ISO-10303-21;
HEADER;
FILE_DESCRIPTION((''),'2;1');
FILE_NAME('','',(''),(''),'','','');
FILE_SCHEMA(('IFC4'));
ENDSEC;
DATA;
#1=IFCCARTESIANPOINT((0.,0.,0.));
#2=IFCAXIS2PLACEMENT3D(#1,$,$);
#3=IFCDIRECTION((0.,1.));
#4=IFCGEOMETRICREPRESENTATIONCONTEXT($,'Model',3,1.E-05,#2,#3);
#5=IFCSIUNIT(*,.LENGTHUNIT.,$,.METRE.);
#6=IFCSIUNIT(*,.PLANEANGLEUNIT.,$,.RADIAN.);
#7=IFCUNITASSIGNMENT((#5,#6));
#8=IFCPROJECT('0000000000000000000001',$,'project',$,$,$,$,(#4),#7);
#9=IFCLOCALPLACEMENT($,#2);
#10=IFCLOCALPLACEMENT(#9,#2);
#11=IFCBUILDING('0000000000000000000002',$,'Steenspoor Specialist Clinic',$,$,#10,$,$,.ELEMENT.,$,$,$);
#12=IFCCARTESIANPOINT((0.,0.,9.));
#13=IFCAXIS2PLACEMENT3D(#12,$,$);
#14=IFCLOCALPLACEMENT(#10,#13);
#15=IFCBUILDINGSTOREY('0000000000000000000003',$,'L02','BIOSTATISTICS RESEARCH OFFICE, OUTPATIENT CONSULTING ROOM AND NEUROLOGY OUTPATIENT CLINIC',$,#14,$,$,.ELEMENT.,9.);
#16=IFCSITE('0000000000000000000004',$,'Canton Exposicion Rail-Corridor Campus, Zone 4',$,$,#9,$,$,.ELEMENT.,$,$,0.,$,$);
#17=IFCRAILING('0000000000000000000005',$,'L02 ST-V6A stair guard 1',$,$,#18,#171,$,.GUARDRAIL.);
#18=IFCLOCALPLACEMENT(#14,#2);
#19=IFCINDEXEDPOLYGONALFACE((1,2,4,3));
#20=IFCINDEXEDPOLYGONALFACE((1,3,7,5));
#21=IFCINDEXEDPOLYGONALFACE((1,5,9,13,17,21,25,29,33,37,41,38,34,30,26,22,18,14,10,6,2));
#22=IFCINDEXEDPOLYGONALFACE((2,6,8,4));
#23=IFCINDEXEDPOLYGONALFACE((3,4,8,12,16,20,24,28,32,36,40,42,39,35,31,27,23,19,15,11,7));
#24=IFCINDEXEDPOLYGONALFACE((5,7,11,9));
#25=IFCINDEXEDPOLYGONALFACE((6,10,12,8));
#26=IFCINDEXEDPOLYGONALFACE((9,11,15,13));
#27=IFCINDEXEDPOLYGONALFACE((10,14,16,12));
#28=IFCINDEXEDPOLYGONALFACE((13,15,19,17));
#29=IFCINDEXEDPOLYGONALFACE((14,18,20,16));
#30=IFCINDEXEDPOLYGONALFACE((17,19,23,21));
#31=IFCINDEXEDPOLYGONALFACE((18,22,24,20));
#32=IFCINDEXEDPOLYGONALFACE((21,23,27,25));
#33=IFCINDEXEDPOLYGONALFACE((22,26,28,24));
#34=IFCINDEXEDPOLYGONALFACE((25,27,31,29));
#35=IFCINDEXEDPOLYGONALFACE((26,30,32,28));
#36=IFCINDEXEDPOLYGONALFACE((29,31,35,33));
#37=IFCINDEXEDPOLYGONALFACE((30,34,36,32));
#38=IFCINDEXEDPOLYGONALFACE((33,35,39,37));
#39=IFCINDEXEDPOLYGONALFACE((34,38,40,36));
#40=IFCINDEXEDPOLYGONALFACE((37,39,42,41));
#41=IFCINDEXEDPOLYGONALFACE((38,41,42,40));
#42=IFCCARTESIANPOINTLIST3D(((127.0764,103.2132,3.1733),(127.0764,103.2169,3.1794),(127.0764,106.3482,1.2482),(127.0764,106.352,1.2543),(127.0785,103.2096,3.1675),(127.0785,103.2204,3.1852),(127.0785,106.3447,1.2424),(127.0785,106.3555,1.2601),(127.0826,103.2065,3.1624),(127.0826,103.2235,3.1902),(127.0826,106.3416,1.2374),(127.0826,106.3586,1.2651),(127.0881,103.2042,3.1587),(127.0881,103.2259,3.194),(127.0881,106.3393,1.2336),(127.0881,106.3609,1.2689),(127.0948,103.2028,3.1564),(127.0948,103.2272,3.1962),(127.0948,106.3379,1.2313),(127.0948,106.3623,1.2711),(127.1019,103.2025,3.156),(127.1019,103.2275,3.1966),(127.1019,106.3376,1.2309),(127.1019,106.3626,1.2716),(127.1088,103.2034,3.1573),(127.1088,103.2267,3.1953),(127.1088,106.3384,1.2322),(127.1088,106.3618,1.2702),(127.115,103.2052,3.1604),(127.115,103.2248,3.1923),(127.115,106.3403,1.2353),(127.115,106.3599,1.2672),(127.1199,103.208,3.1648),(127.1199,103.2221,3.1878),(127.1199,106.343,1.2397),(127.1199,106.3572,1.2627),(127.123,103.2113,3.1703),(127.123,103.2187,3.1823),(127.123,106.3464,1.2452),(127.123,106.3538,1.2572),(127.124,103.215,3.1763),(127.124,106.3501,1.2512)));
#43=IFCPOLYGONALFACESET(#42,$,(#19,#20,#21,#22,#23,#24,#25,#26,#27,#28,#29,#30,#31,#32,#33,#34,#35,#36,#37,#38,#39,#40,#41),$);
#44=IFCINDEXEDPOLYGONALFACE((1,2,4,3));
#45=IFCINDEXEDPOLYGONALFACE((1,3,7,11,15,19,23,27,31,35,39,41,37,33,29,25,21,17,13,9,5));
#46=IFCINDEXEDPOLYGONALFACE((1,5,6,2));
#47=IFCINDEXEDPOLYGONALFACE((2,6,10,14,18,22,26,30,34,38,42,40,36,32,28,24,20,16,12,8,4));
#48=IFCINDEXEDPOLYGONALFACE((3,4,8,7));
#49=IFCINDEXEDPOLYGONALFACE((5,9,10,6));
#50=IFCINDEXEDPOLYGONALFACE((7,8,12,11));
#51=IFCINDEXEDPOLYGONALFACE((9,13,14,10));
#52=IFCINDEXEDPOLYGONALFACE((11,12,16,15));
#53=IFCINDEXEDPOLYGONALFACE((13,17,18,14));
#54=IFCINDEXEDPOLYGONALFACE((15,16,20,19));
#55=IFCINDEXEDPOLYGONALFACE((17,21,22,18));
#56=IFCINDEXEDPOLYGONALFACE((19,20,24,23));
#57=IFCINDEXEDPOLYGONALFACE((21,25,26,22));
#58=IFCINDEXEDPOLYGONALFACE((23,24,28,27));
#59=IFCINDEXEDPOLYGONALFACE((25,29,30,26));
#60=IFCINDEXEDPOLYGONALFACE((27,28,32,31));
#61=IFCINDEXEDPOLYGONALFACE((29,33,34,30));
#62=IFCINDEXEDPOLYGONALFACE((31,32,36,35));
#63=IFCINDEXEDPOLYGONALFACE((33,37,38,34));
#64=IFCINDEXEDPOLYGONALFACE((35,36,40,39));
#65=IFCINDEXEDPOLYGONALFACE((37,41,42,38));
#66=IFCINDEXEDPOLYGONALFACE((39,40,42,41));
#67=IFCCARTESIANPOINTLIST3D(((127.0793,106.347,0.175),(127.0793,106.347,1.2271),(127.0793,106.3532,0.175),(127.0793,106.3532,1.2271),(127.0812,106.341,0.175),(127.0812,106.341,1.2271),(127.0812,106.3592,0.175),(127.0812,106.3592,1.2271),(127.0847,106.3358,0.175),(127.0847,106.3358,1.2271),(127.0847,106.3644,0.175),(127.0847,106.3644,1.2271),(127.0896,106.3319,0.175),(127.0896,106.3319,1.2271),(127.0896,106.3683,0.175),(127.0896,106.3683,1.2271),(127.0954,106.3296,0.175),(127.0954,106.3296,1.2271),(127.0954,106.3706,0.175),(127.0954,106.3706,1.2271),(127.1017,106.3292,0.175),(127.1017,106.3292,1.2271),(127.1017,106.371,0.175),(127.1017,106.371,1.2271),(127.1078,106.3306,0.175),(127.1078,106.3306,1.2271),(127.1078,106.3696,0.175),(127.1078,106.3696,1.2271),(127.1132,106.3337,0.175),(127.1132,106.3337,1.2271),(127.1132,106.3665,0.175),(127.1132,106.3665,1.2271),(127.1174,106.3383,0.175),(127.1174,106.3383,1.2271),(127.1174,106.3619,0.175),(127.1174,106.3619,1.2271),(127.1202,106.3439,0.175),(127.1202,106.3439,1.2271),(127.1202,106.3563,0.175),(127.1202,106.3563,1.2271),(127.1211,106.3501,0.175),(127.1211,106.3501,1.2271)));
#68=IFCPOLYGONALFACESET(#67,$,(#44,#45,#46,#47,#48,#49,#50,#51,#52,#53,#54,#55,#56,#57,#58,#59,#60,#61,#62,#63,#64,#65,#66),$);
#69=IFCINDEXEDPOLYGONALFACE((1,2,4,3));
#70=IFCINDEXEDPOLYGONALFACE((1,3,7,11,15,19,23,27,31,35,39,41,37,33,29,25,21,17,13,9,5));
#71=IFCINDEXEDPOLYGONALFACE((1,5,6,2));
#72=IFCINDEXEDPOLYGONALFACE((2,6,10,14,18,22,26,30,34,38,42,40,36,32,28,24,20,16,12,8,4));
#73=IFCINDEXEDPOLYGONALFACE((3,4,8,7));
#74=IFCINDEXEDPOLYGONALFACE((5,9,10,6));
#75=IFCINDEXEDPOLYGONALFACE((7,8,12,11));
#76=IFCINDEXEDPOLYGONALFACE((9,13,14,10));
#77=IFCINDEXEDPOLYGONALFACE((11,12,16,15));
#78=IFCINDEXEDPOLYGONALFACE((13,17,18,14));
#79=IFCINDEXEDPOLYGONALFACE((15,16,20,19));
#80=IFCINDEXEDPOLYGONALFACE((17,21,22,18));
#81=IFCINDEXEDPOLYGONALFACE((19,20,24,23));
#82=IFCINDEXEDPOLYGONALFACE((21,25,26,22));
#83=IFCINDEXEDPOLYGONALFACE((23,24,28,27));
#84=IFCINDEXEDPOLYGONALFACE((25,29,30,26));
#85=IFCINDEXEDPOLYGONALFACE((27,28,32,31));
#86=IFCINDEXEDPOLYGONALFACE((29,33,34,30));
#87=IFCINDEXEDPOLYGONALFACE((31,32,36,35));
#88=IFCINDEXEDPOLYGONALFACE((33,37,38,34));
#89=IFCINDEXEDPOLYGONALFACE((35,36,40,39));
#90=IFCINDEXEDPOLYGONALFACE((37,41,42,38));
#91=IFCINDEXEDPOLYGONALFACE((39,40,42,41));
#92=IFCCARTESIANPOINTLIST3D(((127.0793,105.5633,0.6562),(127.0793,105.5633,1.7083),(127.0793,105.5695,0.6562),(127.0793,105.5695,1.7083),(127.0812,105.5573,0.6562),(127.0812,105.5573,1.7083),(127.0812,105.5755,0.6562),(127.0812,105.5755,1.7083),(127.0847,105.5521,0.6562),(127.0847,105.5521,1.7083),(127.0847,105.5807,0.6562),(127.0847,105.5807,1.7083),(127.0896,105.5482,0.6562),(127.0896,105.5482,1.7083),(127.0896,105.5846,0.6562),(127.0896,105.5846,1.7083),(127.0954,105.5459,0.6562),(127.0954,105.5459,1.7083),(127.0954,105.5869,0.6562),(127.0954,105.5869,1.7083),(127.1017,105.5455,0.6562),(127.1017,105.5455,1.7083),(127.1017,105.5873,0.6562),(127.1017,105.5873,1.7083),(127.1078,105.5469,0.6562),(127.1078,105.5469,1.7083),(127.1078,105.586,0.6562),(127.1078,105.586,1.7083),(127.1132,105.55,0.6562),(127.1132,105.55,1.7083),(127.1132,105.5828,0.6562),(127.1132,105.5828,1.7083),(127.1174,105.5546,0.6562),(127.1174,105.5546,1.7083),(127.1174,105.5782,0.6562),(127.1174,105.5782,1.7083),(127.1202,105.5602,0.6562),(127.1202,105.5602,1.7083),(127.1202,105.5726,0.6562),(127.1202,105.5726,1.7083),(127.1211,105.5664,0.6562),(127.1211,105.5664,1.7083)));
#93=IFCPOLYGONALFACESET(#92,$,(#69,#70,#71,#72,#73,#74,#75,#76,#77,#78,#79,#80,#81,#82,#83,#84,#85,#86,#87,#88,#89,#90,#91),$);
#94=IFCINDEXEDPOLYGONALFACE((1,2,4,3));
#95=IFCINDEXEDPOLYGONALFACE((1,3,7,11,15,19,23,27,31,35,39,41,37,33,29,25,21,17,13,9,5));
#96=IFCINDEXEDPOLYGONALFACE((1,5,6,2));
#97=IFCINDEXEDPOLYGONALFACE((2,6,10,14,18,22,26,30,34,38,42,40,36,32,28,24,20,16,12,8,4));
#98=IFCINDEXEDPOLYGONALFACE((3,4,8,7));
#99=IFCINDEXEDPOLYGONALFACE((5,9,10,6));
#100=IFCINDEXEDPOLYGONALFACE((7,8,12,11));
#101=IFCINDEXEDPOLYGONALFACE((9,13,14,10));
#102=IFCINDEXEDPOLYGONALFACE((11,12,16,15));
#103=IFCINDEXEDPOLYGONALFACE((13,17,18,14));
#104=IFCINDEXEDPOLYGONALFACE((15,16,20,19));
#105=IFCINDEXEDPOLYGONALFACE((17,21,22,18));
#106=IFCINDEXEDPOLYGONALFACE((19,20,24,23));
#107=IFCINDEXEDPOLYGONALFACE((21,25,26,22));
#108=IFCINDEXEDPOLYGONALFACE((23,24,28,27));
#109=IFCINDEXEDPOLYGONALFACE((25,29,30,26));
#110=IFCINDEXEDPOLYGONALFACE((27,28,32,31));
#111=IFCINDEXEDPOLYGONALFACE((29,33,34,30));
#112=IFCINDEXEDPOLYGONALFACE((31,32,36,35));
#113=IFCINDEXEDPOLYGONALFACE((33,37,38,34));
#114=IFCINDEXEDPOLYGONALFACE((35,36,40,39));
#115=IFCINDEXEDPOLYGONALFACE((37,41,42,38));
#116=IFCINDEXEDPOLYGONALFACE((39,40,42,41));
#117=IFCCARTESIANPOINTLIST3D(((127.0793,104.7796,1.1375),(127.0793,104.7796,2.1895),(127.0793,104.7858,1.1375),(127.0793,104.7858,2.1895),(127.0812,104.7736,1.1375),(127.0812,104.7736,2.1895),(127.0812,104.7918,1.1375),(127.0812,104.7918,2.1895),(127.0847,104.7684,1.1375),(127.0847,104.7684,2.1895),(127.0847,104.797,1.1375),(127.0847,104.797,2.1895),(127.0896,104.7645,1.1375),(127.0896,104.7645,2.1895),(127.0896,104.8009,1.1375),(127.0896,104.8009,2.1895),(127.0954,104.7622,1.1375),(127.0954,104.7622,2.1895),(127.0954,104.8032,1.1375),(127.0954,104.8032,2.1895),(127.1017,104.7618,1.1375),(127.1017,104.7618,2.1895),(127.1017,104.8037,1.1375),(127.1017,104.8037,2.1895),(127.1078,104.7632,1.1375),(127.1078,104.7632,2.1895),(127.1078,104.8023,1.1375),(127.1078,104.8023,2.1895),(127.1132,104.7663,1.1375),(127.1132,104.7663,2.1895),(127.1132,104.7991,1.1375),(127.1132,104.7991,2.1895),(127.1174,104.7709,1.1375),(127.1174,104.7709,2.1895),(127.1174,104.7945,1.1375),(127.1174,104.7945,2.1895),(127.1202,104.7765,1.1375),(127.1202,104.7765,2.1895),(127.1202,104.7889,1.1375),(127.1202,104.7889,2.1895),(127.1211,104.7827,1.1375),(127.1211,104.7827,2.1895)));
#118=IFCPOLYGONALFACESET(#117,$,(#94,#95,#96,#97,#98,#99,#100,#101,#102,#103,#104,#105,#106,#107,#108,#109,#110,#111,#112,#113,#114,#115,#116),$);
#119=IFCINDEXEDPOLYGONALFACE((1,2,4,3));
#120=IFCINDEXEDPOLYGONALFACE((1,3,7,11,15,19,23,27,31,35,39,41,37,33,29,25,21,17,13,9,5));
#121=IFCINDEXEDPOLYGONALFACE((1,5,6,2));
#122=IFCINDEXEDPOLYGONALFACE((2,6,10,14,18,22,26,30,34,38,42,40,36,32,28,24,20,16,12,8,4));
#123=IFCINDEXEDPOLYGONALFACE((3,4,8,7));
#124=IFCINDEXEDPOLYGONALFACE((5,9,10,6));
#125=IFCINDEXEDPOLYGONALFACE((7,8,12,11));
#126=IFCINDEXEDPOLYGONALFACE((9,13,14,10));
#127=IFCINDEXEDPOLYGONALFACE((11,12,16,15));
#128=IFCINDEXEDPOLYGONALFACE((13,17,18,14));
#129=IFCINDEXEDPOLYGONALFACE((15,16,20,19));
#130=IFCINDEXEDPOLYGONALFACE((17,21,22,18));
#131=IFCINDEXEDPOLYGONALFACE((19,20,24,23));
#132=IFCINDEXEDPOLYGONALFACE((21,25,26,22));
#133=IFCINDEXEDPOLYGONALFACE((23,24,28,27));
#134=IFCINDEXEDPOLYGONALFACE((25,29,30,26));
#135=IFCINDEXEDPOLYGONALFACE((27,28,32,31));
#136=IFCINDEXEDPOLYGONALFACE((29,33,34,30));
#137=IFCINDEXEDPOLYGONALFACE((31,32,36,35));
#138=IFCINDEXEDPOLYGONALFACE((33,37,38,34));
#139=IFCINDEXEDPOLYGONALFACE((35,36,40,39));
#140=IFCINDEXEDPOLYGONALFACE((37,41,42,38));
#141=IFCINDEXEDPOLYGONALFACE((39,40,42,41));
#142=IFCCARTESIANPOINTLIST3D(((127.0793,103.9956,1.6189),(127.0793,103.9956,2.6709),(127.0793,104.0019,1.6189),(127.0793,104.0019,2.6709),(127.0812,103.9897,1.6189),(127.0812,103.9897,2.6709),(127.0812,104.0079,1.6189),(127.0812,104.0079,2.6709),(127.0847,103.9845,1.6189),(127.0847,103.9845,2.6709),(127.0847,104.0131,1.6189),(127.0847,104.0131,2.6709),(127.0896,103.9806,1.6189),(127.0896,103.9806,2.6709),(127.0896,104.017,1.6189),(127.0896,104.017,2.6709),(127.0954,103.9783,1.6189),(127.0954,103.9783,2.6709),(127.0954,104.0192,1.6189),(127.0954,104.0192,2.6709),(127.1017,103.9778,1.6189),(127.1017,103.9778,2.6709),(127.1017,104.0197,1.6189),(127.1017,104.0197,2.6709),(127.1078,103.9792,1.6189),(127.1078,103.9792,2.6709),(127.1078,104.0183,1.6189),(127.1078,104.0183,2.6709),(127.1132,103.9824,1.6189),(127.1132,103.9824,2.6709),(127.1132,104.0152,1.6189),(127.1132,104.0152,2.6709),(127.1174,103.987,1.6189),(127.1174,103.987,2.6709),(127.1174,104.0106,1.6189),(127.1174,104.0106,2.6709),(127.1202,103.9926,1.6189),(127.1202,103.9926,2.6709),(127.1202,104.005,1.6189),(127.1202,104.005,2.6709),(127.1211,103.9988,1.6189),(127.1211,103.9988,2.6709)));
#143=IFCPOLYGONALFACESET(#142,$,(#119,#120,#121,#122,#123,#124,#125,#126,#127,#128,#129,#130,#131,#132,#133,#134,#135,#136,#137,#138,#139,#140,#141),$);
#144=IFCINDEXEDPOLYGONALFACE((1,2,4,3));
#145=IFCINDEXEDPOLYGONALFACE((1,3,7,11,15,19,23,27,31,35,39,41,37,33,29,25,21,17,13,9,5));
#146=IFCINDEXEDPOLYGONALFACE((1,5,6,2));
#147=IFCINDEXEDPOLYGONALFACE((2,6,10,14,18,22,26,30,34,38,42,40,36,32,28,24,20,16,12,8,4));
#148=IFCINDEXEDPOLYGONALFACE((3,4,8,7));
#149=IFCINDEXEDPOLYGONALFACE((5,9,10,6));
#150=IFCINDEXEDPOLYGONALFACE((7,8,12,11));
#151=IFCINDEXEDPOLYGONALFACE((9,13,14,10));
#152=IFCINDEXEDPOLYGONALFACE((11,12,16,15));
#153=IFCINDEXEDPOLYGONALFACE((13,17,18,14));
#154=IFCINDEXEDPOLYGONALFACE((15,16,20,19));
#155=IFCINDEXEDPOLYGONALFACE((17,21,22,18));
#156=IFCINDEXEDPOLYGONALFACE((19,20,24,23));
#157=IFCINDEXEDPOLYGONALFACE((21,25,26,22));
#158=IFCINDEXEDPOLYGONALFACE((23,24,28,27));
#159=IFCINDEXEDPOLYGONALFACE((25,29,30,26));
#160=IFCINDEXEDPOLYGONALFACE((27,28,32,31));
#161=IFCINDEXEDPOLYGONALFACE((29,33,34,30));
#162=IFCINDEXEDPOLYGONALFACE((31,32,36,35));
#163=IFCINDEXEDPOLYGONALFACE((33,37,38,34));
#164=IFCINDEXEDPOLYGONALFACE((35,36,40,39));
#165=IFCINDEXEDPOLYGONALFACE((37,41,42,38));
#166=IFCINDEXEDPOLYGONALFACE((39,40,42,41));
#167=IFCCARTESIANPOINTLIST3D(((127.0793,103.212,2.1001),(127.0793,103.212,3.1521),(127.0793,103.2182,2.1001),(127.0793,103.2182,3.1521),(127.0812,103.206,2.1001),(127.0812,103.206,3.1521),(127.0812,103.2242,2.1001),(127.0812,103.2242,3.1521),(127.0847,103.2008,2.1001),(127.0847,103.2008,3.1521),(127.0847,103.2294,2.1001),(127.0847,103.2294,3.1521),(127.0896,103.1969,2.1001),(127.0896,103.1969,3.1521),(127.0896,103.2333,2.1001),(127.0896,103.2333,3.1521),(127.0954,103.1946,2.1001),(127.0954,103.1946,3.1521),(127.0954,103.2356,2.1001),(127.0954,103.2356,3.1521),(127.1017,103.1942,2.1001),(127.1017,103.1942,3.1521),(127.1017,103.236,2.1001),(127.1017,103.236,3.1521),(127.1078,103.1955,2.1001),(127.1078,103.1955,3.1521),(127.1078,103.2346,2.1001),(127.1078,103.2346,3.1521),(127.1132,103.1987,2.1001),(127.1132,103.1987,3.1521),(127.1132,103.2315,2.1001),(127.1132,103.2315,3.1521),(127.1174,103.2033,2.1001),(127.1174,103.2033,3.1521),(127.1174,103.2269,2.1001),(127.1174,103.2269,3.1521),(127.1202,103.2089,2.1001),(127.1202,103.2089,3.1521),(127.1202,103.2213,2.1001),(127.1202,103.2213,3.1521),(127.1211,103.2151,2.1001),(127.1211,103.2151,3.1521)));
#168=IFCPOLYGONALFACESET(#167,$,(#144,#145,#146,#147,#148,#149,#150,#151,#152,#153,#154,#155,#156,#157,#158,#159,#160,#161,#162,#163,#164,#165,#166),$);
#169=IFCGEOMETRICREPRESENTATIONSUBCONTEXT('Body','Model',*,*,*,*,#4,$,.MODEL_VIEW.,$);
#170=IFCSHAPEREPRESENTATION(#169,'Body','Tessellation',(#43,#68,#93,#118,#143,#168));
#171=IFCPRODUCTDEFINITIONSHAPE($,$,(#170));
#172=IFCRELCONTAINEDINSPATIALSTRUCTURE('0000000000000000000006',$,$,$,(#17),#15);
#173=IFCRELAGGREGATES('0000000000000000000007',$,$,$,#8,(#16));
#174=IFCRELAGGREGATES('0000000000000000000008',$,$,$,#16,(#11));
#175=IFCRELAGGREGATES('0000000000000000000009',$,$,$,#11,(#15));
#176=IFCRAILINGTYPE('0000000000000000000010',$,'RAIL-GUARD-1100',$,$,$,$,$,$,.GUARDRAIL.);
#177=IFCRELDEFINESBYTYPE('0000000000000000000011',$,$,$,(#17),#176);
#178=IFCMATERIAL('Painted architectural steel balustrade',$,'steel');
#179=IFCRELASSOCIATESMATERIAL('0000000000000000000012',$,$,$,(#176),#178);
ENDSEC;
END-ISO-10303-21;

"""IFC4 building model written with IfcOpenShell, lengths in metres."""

from ifc_helpers import new_model, si_unit, direction, frame, origin, origin_2d, place, context, subcontext, project, spatial, circle, extrude, material, type_object, element, save


model = new_model("IFC4")

# Units and contexts
model_context = context("Model", 3, precision=1e-05, world=origin(), true_north=direction((0.0, 1.0)))
body_context = subcontext(model_context, "Body", "Model", "MODEL_VIEW")
ifc_project = project(units=[si_unit("LENGTHUNIT", "METRE"), si_unit("PLANEANGLEUNIT", "RADIAN")], contexts=[model_context])

# Site, building, storey
site_placement = place(None, origin())
site = spatial("IfcSite", under=ifc_project, at=site_placement, Name="Canton Exposicion Rail-Corridor Campus, Zone 4", CompositionType="ELEMENT", RefElevation=0.0)
building_placement = place(site_placement, origin())
building = spatial("IfcBuilding", under=site, at=building_placement, Name="Steenspoor Specialist Clinic", CompositionType="ELEMENT")
storey_placement = place(building_placement, frame((0.0, 0.0, 9.0)))
storey = spatial("IfcBuildingStorey", under=building, at=storey_placement, Name="L02", Description="BIOSTATISTICS RESEARCH OFFICE, OUTPATIENT CONSULTING ROOM AND NEUROLOGY OUTPATIENT CLINIC", CompositionType="ELEMENT", Elevation=9.0)

# Railing
ifc_material_1 = material(Name="Painted architectural steel balustrade", Category="steel")
railing_type_1 = type_object("IfcRailingType", Name="RAIL-GUARD-1100", PredefinedType="GUARDRAIL", material=ifc_material_1)
railing_1_placement = place(storey_placement, frame((127.1001, 106.3501, 0.175)))
element("IfcRailing", 1, at=railing_1_placement, inside=storey, type_object=railing_type_1, Name="L02 ST-V6A stair guard 1", PredefinedType="GUARDRAIL", context=body_context, shape_type="SweptSolid", body=[
    extrude(circle(Radius=0.0239, at=origin_2d()), frame((0.0, 0.0, 1.0762), z_axis=(0.0, -0.852166, 0.523271), x_axis=(1.0, 0.0, 0.0)), (0.0, 0.0, 1.0), 3.679),
    extrude(circle(Radius=0.021, at=origin_2d()), origin(), (0.0, 0.0, 1.0), 1.052),
    extrude(circle(Radius=0.021, at=origin_2d()), frame((0.0, -0.7837, 0.4812)), (0.0, 0.0, 1.0), 1.052),
    extrude(circle(Radius=0.021, at=origin_2d()), frame((0.0, -1.5674, 0.9624)), (0.0, 0.0, 1.0), 1.052),
    extrude(circle(Radius=0.021, at=origin_2d()), frame((0.0, -2.3513, 1.4438)), (0.0, 0.0, 1.0), 1.052),
    extrude(circle(Radius=0.021, at=origin_2d()), frame((0.0, -3.135, 1.925)), (0.0, 0.0, 1.0), 1.052),
])

save(model, "model.ifc")
